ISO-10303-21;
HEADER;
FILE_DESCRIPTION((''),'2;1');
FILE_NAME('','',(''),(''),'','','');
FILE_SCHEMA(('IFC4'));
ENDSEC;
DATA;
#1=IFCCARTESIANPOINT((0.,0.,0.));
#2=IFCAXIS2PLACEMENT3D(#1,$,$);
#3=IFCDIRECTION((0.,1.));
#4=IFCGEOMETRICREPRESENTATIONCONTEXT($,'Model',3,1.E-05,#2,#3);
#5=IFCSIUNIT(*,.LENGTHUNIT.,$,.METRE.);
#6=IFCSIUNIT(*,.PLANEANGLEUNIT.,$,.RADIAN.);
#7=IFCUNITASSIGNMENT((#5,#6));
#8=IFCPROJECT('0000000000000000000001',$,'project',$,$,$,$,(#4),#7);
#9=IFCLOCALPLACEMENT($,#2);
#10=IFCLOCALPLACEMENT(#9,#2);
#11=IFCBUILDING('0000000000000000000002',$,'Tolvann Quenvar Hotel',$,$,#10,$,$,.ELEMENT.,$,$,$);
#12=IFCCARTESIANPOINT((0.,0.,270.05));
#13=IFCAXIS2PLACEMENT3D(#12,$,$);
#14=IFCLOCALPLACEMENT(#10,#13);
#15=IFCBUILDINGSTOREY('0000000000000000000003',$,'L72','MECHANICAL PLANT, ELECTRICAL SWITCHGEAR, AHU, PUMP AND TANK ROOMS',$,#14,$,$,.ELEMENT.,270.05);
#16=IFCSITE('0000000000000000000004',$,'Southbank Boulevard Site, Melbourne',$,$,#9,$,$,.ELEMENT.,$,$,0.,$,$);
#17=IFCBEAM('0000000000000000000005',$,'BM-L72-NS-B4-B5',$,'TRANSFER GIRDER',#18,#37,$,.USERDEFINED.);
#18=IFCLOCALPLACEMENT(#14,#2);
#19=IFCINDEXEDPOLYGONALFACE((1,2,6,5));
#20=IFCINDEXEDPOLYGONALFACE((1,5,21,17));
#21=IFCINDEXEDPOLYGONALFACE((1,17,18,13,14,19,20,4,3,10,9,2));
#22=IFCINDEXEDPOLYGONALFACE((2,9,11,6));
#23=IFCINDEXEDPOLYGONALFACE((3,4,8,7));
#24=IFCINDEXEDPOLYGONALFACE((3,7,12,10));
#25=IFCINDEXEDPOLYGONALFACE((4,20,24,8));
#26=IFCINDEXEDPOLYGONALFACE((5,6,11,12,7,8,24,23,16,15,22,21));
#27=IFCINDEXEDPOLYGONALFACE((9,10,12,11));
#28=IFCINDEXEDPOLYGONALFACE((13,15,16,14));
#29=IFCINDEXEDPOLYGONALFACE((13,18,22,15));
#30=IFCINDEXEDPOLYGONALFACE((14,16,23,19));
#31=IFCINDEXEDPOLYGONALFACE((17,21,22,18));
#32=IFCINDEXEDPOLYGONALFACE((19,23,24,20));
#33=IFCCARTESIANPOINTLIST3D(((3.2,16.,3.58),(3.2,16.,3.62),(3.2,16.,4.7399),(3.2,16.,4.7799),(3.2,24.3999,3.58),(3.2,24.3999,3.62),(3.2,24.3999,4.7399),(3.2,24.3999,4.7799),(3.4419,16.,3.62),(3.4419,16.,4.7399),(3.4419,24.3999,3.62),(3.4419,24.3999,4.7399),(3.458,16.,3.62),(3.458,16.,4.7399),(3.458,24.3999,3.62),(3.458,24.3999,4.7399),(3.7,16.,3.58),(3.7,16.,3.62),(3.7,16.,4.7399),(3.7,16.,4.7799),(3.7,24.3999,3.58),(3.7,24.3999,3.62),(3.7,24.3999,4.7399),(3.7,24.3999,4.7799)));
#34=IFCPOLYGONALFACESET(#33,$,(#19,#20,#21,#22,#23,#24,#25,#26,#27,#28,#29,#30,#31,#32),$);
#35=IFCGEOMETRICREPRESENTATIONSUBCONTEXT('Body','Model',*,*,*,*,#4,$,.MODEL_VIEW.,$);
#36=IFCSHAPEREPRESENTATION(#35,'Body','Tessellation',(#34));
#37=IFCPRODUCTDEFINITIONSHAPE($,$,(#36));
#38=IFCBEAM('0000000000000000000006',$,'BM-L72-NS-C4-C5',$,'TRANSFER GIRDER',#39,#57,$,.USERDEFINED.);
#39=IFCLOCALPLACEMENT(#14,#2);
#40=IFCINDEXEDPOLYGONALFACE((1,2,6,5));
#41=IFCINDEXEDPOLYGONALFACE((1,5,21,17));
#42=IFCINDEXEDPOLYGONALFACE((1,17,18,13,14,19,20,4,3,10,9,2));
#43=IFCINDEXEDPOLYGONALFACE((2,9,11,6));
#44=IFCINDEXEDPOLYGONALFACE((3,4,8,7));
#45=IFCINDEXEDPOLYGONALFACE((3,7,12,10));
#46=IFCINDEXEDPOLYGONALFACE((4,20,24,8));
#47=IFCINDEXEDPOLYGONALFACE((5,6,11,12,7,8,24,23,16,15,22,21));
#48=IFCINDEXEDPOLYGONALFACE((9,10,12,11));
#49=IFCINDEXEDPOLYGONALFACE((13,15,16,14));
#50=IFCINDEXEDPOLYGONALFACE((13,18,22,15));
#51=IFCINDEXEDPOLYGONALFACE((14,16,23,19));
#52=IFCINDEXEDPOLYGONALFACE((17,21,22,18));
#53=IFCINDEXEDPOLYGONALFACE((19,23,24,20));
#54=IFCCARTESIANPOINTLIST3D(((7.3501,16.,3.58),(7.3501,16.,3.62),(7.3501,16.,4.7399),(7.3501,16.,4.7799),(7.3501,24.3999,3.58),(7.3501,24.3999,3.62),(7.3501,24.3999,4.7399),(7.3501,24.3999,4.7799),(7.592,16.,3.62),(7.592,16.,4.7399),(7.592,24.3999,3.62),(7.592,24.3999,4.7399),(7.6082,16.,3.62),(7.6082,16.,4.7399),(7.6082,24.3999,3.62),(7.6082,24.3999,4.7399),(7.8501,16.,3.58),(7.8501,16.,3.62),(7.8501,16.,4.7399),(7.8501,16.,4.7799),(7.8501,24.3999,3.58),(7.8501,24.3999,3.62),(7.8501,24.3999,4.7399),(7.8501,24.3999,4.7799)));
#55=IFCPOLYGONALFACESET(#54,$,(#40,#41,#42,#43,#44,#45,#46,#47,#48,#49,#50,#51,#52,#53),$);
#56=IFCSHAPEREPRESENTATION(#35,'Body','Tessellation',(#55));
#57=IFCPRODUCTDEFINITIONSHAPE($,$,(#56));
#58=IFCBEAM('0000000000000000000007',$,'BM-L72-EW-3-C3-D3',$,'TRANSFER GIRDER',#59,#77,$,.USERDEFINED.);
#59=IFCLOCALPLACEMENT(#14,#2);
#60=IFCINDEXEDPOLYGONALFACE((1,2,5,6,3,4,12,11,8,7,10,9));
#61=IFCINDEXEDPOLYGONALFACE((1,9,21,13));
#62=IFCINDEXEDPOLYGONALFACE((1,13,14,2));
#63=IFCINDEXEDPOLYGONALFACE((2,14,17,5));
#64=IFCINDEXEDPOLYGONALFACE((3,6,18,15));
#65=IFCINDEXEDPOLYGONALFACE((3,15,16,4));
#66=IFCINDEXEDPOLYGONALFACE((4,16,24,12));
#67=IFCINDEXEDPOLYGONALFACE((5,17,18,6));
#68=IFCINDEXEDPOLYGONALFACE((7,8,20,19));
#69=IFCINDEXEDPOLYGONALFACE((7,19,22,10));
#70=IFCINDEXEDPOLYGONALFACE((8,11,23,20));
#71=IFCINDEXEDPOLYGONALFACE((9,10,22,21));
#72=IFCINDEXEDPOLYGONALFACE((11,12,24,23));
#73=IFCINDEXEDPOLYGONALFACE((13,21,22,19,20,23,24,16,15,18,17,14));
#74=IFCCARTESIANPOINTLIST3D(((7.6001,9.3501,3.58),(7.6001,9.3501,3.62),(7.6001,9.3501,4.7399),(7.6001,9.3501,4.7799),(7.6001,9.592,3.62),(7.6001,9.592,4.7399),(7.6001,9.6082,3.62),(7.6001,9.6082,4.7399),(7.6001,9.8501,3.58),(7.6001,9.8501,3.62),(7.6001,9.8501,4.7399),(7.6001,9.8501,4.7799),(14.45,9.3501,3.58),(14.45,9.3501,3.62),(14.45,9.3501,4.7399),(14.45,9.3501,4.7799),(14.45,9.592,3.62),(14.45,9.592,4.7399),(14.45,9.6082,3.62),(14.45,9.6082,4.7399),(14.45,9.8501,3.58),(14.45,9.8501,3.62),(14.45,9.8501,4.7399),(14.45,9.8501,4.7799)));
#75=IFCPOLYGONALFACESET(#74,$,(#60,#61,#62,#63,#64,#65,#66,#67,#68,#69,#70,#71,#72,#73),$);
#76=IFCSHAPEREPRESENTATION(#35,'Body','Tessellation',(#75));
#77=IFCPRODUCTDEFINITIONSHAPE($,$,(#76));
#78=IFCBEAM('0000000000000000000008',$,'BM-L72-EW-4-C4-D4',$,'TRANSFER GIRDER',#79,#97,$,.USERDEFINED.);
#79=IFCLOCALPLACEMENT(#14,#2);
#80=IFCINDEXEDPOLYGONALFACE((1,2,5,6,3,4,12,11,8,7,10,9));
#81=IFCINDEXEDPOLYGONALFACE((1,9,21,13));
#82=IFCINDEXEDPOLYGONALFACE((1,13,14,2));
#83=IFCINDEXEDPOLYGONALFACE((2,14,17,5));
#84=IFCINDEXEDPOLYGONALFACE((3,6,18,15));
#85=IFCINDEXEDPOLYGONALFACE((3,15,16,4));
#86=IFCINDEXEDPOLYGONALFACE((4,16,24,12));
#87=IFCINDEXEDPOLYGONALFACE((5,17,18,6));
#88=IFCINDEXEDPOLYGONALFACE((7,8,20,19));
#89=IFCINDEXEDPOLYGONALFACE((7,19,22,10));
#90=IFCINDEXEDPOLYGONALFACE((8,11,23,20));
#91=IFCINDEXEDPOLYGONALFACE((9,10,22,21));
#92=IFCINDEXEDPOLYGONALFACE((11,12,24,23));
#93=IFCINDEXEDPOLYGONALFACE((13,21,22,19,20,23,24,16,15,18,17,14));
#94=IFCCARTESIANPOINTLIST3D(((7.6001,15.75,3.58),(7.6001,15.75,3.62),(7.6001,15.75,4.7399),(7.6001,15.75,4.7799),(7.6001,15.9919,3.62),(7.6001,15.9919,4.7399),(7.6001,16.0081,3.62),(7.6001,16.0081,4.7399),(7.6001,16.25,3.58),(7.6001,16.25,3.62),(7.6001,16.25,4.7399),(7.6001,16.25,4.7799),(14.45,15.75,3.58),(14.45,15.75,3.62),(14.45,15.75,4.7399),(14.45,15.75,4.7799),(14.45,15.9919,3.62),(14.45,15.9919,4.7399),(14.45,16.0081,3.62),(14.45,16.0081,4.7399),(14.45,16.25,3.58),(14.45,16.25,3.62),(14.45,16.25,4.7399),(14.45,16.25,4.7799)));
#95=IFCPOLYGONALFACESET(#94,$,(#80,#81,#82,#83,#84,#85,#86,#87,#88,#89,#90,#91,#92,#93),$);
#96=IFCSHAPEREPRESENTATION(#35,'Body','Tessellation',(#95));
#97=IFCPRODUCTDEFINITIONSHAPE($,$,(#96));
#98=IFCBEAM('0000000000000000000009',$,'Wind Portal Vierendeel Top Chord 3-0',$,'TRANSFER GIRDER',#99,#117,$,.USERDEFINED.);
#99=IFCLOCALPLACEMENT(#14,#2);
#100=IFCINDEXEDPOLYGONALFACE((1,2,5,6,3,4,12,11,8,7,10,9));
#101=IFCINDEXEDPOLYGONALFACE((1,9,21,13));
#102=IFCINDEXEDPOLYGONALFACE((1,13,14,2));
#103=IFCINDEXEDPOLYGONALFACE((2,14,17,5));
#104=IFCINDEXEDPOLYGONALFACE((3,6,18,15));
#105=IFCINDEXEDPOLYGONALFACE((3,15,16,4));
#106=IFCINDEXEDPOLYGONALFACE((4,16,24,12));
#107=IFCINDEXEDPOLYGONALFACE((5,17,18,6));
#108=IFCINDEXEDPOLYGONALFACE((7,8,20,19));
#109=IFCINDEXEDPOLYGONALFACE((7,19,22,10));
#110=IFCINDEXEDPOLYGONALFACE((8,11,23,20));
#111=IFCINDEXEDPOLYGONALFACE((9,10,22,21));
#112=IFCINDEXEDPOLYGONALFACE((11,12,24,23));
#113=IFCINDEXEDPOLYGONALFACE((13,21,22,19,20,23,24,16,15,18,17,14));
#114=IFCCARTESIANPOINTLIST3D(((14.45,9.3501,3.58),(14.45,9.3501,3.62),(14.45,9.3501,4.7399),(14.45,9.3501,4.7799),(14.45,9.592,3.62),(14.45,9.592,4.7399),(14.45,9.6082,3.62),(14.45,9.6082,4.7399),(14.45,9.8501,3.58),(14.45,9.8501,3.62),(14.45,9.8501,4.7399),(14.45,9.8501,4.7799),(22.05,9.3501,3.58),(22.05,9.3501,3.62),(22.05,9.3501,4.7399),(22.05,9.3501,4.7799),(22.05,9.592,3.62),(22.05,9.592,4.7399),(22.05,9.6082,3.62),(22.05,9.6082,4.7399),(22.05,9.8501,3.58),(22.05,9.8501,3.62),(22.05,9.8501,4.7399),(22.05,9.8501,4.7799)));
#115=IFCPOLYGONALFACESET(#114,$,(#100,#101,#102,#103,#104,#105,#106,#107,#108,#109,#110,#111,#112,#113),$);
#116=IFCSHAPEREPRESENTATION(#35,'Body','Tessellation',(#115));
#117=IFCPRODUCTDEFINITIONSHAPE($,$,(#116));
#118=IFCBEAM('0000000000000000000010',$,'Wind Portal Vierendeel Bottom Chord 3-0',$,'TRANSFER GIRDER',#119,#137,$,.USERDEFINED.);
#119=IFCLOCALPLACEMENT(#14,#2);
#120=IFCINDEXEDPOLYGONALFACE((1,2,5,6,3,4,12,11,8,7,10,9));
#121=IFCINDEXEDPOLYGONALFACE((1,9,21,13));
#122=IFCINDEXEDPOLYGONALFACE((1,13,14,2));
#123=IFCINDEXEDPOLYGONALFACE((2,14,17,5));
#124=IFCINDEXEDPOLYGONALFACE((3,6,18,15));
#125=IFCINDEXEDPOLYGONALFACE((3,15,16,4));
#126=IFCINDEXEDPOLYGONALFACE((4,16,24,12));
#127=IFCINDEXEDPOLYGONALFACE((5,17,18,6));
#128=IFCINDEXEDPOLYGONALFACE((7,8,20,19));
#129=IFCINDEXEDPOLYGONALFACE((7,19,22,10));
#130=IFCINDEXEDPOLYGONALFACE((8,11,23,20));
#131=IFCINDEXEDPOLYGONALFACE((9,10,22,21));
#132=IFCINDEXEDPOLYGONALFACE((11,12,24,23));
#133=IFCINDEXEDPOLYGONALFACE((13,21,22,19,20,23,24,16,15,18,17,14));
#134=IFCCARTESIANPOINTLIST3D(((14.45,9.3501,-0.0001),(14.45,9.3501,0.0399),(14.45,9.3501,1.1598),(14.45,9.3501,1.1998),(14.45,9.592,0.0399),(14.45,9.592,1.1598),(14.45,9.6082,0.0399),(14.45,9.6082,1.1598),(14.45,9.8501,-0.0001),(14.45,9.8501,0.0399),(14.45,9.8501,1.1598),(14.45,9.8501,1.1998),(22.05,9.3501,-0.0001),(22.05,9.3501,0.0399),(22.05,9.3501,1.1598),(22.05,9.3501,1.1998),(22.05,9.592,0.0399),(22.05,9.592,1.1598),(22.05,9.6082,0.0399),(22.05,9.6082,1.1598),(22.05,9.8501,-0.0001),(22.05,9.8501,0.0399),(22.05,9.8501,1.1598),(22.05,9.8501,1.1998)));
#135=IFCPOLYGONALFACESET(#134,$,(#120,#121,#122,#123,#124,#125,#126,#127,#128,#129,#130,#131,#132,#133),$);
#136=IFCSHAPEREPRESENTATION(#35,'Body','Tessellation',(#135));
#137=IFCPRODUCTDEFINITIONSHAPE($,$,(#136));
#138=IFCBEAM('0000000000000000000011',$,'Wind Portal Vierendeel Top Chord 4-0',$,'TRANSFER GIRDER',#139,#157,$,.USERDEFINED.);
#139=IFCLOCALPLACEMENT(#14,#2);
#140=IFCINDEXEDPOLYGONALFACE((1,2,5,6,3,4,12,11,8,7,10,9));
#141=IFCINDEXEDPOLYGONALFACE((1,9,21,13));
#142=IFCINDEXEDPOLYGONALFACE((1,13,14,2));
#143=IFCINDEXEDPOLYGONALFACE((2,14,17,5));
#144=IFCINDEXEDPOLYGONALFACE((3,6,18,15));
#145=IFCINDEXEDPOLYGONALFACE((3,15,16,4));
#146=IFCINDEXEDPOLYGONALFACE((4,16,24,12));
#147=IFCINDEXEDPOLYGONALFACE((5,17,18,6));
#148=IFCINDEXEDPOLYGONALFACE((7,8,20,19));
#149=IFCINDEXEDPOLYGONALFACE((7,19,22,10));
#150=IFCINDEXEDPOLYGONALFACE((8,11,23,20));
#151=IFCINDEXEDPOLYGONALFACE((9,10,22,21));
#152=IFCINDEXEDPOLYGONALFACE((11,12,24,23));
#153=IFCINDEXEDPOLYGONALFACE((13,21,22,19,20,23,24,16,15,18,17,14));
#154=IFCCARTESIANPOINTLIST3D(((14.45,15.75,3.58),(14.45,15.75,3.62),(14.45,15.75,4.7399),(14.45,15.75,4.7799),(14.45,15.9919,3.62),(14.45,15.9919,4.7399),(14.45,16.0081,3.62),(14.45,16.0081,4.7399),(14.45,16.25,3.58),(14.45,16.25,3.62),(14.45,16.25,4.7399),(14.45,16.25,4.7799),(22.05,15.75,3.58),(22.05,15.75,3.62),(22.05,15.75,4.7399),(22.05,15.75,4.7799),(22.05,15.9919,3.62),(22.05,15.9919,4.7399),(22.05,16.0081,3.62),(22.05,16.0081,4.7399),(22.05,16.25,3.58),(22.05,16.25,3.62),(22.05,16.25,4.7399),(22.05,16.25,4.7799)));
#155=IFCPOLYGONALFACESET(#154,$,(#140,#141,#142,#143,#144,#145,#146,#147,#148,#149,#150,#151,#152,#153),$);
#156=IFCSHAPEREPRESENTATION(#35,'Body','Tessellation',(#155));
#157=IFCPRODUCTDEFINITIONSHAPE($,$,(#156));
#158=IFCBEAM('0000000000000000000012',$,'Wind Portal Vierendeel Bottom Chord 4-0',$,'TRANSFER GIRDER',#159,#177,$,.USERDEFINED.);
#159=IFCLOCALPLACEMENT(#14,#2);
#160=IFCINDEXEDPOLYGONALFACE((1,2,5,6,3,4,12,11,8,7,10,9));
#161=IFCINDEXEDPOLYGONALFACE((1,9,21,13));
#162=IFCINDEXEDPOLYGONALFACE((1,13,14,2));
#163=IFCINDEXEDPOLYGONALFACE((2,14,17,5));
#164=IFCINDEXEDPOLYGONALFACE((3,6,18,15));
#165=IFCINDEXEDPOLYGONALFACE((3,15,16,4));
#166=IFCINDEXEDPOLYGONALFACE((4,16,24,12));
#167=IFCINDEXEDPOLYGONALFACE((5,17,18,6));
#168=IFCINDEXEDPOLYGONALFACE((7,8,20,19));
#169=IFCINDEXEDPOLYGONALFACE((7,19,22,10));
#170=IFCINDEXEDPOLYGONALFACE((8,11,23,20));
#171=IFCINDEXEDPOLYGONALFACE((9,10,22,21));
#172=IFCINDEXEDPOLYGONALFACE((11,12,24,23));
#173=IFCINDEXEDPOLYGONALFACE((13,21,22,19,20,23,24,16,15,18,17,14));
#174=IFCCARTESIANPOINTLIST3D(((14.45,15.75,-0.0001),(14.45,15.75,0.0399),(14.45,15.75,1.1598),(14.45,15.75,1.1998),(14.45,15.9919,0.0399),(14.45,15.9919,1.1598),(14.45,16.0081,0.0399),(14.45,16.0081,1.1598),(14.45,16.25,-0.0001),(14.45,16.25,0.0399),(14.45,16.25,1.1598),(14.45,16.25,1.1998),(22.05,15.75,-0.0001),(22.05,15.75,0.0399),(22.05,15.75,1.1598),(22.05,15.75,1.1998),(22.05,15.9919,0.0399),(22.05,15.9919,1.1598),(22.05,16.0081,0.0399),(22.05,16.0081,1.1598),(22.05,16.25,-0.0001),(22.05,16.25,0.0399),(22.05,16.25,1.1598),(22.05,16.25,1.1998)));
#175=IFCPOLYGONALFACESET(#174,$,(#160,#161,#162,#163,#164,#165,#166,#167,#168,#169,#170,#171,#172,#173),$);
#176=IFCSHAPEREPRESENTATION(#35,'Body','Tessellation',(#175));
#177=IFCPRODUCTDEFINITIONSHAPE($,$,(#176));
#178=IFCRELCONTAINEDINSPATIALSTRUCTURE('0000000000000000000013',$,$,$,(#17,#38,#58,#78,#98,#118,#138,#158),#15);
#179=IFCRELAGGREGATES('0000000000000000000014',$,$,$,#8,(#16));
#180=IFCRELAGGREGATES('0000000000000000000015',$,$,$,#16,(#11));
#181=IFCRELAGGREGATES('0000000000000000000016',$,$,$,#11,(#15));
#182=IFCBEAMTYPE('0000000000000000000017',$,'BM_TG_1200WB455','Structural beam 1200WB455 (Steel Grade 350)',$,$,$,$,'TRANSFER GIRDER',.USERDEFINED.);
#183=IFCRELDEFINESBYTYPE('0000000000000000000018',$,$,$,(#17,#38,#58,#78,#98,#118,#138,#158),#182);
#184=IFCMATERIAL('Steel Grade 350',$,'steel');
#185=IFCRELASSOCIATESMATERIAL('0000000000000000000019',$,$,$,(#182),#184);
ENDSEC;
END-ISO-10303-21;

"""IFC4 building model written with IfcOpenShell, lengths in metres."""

from ifc_helpers import new_model, si_unit, direction, frame, origin, origin_2d, place, context, subcontext, project, spatial, i_section, extrude, source, transform, mapped, material, material_profile, profile_set, type_object, element, save


model = new_model("IFC4")

# Units and contexts
model_context = context("Model", 3, precision=1e-05, world=origin(), true_north=direction((0.0, 1.0)))
body_context = subcontext(model_context, "Body", "Model", "MODEL_VIEW")
ifc_project = project(units=[si_unit("LENGTHUNIT", "METRE"), si_unit("PLANEANGLEUNIT", "RADIAN")], contexts=[model_context])

# Site, building, storey
site_placement = place(None, origin())
site = spatial("IfcSite", under=ifc_project, at=site_placement, Name="Southbank Boulevard Site, Melbourne", CompositionType="ELEMENT", RefElevation=0.0)
building_placement = place(site_placement, origin())
building = spatial("IfcBuilding", under=site, at=building_placement, Name="Tolvann Quenvar Hotel", CompositionType="ELEMENT")
storey_placement = place(building_placement, frame((0.0, 0.0, 270.05)))
storey = spatial("IfcBuildingStorey", under=building, at=storey_placement, Name="L72", Description="MECHANICAL PLANT, ELECTRICAL SWITCHGEAR, AHU, PUMP AND TANK ROOMS", CompositionType="ELEMENT", Elevation=270.05)

# Shared definitions
ifc_material_1 = material(Name="Steel Grade 350", Category="steel")

# Beams
ifc_material_profile_1 = material_profile(ifc_material_1, i_section(OverallWidth=0.5, OverallDepth=1.2, WebThickness=0.0161, FlangeThickness=0.04, at=origin_2d()), Name="1200WB455")
ifc_profile_set_1 = profile_set([ifc_material_profile_1], Name="Steel Grade 350")
beam_type_1 = type_object("IfcBeamType", Name="BM_TG_1200WB455", Description="Structural beam 1200WB455 (Steel Grade 350)", ElementType="TRANSFER GIRDER", PredefinedType="USERDEFINED", material=ifc_profile_set_1)
shared_shape_1 = source(origin(), body_context, "Body", "SweptSolid", [
    extrude(i_section(OverallWidth=0.5, OverallDepth=1.2, WebThickness=0.0161, FlangeThickness=0.04, at=origin_2d()), origin(), (0.0, 0.0, 1.0), 8.3999),
])
for number, where, z_axis, x_axis, name in (
    (1, (3.45, 16.0, 4.1799), (0.0, 1.0, 0.0), (-1.0, 0.0, 0.0), "BM-L72-NS-B4-B5"),
    (2, (7.6001, 16.0, 4.1799), (0.0, 1.0, 0.0), (-1.0, 0.0, 0.0), "BM-L72-NS-C4-C5"),
):
    element("IfcBeam", number, at=place(storey_placement, frame(where, z_axis=z_axis, x_axis=x_axis)), inside=storey, type_object=beam_type_1, Name=name, ObjectType="TRANSFER GIRDER", PredefinedType="USERDEFINED", context=body_context, shape_type="MappedRepresentation", body=[
        mapped(shared_shape_1, transform((0.0, 0.0, 0.0), x_axis=(1.0, 0.0, 0.0), y_axis=(0.0, 1.0, 0.0), z_axis=(0.0, 0.0, 1.0), scale=1.0)),
    ])
shared_shape_2 = source(origin(), body_context, "Body", "SweptSolid", [
    extrude(i_section(OverallWidth=0.5, OverallDepth=1.2, WebThickness=0.0161, FlangeThickness=0.04, at=origin_2d()), origin(), (0.0, 0.0, 1.0), 6.8499),
])
for number, where, z_axis, x_axis, name in (
    (3, (7.6001, 9.6001, 4.1799), (1.0, 0.0, 0.0), (0.0, 1.0, 0.0), "BM-L72-EW-3-C3-D3"),
    (4, (7.6001, 16.0, 4.1799), (1.0, 0.0, 0.0), (0.0, 1.0, 0.0), "BM-L72-EW-4-C4-D4"),
):
    element("IfcBeam", number, at=place(storey_placement, frame(where, z_axis=z_axis, x_axis=x_axis)), inside=storey, type_object=beam_type_1, Name=name, ObjectType="TRANSFER GIRDER", PredefinedType="USERDEFINED", context=body_context, shape_type="MappedRepresentation", body=[
        mapped(shared_shape_2, transform((0.0, 0.0, 0.0), x_axis=(1.0, 0.0, 0.0), y_axis=(0.0, 1.0, 0.0), z_axis=(0.0, 0.0, 1.0), scale=1.0)),
    ])
shared_shape_3 = source(origin(), body_context, "Body", "SweptSolid", [
    extrude(i_section(OverallWidth=0.5, OverallDepth=1.2, WebThickness=0.0161, FlangeThickness=0.04, at=origin_2d()), origin(), (0.0, 0.0, 1.0), 7.6001),
])
for number, where, z_axis, x_axis, name in (
    (5, (14.45, 9.6001, 4.1799), (1.0, 0.0, 0.0), (0.0, 1.0, 0.0), "Wind Portal Vierendeel Top Chord 3-0"),
    (6, (14.45, 9.6001, 0.5999), (1.0, 0.0, 0.0), (0.0, 1.0, 0.0), "Wind Portal Vierendeel Bottom Chord 3-0"),
    (7, (14.45, 16.0, 4.1799), (1.0, 0.0, 0.0), (0.0, 1.0, 0.0), "Wind Portal Vierendeel Top Chord 4-0"),
    (8, (14.45, 16.0, 0.5999), (1.0, 0.0, 0.0), (0.0, 1.0, 0.0), "Wind Portal Vierendeel Bottom Chord 4-0"),
):
    element("IfcBeam", number, at=place(storey_placement, frame(where, z_axis=z_axis, x_axis=x_axis)), inside=storey, type_object=beam_type_1, Name=name, ObjectType="TRANSFER GIRDER", PredefinedType="USERDEFINED", context=body_context, shape_type="MappedRepresentation", body=[
        mapped(shared_shape_3, transform((0.0, 0.0, 0.0), x_axis=(1.0, 0.0, 0.0), y_axis=(0.0, 1.0, 0.0), z_axis=(0.0, 0.0, 1.0), scale=1.0)),
    ])

save(model, "model.ifc")
